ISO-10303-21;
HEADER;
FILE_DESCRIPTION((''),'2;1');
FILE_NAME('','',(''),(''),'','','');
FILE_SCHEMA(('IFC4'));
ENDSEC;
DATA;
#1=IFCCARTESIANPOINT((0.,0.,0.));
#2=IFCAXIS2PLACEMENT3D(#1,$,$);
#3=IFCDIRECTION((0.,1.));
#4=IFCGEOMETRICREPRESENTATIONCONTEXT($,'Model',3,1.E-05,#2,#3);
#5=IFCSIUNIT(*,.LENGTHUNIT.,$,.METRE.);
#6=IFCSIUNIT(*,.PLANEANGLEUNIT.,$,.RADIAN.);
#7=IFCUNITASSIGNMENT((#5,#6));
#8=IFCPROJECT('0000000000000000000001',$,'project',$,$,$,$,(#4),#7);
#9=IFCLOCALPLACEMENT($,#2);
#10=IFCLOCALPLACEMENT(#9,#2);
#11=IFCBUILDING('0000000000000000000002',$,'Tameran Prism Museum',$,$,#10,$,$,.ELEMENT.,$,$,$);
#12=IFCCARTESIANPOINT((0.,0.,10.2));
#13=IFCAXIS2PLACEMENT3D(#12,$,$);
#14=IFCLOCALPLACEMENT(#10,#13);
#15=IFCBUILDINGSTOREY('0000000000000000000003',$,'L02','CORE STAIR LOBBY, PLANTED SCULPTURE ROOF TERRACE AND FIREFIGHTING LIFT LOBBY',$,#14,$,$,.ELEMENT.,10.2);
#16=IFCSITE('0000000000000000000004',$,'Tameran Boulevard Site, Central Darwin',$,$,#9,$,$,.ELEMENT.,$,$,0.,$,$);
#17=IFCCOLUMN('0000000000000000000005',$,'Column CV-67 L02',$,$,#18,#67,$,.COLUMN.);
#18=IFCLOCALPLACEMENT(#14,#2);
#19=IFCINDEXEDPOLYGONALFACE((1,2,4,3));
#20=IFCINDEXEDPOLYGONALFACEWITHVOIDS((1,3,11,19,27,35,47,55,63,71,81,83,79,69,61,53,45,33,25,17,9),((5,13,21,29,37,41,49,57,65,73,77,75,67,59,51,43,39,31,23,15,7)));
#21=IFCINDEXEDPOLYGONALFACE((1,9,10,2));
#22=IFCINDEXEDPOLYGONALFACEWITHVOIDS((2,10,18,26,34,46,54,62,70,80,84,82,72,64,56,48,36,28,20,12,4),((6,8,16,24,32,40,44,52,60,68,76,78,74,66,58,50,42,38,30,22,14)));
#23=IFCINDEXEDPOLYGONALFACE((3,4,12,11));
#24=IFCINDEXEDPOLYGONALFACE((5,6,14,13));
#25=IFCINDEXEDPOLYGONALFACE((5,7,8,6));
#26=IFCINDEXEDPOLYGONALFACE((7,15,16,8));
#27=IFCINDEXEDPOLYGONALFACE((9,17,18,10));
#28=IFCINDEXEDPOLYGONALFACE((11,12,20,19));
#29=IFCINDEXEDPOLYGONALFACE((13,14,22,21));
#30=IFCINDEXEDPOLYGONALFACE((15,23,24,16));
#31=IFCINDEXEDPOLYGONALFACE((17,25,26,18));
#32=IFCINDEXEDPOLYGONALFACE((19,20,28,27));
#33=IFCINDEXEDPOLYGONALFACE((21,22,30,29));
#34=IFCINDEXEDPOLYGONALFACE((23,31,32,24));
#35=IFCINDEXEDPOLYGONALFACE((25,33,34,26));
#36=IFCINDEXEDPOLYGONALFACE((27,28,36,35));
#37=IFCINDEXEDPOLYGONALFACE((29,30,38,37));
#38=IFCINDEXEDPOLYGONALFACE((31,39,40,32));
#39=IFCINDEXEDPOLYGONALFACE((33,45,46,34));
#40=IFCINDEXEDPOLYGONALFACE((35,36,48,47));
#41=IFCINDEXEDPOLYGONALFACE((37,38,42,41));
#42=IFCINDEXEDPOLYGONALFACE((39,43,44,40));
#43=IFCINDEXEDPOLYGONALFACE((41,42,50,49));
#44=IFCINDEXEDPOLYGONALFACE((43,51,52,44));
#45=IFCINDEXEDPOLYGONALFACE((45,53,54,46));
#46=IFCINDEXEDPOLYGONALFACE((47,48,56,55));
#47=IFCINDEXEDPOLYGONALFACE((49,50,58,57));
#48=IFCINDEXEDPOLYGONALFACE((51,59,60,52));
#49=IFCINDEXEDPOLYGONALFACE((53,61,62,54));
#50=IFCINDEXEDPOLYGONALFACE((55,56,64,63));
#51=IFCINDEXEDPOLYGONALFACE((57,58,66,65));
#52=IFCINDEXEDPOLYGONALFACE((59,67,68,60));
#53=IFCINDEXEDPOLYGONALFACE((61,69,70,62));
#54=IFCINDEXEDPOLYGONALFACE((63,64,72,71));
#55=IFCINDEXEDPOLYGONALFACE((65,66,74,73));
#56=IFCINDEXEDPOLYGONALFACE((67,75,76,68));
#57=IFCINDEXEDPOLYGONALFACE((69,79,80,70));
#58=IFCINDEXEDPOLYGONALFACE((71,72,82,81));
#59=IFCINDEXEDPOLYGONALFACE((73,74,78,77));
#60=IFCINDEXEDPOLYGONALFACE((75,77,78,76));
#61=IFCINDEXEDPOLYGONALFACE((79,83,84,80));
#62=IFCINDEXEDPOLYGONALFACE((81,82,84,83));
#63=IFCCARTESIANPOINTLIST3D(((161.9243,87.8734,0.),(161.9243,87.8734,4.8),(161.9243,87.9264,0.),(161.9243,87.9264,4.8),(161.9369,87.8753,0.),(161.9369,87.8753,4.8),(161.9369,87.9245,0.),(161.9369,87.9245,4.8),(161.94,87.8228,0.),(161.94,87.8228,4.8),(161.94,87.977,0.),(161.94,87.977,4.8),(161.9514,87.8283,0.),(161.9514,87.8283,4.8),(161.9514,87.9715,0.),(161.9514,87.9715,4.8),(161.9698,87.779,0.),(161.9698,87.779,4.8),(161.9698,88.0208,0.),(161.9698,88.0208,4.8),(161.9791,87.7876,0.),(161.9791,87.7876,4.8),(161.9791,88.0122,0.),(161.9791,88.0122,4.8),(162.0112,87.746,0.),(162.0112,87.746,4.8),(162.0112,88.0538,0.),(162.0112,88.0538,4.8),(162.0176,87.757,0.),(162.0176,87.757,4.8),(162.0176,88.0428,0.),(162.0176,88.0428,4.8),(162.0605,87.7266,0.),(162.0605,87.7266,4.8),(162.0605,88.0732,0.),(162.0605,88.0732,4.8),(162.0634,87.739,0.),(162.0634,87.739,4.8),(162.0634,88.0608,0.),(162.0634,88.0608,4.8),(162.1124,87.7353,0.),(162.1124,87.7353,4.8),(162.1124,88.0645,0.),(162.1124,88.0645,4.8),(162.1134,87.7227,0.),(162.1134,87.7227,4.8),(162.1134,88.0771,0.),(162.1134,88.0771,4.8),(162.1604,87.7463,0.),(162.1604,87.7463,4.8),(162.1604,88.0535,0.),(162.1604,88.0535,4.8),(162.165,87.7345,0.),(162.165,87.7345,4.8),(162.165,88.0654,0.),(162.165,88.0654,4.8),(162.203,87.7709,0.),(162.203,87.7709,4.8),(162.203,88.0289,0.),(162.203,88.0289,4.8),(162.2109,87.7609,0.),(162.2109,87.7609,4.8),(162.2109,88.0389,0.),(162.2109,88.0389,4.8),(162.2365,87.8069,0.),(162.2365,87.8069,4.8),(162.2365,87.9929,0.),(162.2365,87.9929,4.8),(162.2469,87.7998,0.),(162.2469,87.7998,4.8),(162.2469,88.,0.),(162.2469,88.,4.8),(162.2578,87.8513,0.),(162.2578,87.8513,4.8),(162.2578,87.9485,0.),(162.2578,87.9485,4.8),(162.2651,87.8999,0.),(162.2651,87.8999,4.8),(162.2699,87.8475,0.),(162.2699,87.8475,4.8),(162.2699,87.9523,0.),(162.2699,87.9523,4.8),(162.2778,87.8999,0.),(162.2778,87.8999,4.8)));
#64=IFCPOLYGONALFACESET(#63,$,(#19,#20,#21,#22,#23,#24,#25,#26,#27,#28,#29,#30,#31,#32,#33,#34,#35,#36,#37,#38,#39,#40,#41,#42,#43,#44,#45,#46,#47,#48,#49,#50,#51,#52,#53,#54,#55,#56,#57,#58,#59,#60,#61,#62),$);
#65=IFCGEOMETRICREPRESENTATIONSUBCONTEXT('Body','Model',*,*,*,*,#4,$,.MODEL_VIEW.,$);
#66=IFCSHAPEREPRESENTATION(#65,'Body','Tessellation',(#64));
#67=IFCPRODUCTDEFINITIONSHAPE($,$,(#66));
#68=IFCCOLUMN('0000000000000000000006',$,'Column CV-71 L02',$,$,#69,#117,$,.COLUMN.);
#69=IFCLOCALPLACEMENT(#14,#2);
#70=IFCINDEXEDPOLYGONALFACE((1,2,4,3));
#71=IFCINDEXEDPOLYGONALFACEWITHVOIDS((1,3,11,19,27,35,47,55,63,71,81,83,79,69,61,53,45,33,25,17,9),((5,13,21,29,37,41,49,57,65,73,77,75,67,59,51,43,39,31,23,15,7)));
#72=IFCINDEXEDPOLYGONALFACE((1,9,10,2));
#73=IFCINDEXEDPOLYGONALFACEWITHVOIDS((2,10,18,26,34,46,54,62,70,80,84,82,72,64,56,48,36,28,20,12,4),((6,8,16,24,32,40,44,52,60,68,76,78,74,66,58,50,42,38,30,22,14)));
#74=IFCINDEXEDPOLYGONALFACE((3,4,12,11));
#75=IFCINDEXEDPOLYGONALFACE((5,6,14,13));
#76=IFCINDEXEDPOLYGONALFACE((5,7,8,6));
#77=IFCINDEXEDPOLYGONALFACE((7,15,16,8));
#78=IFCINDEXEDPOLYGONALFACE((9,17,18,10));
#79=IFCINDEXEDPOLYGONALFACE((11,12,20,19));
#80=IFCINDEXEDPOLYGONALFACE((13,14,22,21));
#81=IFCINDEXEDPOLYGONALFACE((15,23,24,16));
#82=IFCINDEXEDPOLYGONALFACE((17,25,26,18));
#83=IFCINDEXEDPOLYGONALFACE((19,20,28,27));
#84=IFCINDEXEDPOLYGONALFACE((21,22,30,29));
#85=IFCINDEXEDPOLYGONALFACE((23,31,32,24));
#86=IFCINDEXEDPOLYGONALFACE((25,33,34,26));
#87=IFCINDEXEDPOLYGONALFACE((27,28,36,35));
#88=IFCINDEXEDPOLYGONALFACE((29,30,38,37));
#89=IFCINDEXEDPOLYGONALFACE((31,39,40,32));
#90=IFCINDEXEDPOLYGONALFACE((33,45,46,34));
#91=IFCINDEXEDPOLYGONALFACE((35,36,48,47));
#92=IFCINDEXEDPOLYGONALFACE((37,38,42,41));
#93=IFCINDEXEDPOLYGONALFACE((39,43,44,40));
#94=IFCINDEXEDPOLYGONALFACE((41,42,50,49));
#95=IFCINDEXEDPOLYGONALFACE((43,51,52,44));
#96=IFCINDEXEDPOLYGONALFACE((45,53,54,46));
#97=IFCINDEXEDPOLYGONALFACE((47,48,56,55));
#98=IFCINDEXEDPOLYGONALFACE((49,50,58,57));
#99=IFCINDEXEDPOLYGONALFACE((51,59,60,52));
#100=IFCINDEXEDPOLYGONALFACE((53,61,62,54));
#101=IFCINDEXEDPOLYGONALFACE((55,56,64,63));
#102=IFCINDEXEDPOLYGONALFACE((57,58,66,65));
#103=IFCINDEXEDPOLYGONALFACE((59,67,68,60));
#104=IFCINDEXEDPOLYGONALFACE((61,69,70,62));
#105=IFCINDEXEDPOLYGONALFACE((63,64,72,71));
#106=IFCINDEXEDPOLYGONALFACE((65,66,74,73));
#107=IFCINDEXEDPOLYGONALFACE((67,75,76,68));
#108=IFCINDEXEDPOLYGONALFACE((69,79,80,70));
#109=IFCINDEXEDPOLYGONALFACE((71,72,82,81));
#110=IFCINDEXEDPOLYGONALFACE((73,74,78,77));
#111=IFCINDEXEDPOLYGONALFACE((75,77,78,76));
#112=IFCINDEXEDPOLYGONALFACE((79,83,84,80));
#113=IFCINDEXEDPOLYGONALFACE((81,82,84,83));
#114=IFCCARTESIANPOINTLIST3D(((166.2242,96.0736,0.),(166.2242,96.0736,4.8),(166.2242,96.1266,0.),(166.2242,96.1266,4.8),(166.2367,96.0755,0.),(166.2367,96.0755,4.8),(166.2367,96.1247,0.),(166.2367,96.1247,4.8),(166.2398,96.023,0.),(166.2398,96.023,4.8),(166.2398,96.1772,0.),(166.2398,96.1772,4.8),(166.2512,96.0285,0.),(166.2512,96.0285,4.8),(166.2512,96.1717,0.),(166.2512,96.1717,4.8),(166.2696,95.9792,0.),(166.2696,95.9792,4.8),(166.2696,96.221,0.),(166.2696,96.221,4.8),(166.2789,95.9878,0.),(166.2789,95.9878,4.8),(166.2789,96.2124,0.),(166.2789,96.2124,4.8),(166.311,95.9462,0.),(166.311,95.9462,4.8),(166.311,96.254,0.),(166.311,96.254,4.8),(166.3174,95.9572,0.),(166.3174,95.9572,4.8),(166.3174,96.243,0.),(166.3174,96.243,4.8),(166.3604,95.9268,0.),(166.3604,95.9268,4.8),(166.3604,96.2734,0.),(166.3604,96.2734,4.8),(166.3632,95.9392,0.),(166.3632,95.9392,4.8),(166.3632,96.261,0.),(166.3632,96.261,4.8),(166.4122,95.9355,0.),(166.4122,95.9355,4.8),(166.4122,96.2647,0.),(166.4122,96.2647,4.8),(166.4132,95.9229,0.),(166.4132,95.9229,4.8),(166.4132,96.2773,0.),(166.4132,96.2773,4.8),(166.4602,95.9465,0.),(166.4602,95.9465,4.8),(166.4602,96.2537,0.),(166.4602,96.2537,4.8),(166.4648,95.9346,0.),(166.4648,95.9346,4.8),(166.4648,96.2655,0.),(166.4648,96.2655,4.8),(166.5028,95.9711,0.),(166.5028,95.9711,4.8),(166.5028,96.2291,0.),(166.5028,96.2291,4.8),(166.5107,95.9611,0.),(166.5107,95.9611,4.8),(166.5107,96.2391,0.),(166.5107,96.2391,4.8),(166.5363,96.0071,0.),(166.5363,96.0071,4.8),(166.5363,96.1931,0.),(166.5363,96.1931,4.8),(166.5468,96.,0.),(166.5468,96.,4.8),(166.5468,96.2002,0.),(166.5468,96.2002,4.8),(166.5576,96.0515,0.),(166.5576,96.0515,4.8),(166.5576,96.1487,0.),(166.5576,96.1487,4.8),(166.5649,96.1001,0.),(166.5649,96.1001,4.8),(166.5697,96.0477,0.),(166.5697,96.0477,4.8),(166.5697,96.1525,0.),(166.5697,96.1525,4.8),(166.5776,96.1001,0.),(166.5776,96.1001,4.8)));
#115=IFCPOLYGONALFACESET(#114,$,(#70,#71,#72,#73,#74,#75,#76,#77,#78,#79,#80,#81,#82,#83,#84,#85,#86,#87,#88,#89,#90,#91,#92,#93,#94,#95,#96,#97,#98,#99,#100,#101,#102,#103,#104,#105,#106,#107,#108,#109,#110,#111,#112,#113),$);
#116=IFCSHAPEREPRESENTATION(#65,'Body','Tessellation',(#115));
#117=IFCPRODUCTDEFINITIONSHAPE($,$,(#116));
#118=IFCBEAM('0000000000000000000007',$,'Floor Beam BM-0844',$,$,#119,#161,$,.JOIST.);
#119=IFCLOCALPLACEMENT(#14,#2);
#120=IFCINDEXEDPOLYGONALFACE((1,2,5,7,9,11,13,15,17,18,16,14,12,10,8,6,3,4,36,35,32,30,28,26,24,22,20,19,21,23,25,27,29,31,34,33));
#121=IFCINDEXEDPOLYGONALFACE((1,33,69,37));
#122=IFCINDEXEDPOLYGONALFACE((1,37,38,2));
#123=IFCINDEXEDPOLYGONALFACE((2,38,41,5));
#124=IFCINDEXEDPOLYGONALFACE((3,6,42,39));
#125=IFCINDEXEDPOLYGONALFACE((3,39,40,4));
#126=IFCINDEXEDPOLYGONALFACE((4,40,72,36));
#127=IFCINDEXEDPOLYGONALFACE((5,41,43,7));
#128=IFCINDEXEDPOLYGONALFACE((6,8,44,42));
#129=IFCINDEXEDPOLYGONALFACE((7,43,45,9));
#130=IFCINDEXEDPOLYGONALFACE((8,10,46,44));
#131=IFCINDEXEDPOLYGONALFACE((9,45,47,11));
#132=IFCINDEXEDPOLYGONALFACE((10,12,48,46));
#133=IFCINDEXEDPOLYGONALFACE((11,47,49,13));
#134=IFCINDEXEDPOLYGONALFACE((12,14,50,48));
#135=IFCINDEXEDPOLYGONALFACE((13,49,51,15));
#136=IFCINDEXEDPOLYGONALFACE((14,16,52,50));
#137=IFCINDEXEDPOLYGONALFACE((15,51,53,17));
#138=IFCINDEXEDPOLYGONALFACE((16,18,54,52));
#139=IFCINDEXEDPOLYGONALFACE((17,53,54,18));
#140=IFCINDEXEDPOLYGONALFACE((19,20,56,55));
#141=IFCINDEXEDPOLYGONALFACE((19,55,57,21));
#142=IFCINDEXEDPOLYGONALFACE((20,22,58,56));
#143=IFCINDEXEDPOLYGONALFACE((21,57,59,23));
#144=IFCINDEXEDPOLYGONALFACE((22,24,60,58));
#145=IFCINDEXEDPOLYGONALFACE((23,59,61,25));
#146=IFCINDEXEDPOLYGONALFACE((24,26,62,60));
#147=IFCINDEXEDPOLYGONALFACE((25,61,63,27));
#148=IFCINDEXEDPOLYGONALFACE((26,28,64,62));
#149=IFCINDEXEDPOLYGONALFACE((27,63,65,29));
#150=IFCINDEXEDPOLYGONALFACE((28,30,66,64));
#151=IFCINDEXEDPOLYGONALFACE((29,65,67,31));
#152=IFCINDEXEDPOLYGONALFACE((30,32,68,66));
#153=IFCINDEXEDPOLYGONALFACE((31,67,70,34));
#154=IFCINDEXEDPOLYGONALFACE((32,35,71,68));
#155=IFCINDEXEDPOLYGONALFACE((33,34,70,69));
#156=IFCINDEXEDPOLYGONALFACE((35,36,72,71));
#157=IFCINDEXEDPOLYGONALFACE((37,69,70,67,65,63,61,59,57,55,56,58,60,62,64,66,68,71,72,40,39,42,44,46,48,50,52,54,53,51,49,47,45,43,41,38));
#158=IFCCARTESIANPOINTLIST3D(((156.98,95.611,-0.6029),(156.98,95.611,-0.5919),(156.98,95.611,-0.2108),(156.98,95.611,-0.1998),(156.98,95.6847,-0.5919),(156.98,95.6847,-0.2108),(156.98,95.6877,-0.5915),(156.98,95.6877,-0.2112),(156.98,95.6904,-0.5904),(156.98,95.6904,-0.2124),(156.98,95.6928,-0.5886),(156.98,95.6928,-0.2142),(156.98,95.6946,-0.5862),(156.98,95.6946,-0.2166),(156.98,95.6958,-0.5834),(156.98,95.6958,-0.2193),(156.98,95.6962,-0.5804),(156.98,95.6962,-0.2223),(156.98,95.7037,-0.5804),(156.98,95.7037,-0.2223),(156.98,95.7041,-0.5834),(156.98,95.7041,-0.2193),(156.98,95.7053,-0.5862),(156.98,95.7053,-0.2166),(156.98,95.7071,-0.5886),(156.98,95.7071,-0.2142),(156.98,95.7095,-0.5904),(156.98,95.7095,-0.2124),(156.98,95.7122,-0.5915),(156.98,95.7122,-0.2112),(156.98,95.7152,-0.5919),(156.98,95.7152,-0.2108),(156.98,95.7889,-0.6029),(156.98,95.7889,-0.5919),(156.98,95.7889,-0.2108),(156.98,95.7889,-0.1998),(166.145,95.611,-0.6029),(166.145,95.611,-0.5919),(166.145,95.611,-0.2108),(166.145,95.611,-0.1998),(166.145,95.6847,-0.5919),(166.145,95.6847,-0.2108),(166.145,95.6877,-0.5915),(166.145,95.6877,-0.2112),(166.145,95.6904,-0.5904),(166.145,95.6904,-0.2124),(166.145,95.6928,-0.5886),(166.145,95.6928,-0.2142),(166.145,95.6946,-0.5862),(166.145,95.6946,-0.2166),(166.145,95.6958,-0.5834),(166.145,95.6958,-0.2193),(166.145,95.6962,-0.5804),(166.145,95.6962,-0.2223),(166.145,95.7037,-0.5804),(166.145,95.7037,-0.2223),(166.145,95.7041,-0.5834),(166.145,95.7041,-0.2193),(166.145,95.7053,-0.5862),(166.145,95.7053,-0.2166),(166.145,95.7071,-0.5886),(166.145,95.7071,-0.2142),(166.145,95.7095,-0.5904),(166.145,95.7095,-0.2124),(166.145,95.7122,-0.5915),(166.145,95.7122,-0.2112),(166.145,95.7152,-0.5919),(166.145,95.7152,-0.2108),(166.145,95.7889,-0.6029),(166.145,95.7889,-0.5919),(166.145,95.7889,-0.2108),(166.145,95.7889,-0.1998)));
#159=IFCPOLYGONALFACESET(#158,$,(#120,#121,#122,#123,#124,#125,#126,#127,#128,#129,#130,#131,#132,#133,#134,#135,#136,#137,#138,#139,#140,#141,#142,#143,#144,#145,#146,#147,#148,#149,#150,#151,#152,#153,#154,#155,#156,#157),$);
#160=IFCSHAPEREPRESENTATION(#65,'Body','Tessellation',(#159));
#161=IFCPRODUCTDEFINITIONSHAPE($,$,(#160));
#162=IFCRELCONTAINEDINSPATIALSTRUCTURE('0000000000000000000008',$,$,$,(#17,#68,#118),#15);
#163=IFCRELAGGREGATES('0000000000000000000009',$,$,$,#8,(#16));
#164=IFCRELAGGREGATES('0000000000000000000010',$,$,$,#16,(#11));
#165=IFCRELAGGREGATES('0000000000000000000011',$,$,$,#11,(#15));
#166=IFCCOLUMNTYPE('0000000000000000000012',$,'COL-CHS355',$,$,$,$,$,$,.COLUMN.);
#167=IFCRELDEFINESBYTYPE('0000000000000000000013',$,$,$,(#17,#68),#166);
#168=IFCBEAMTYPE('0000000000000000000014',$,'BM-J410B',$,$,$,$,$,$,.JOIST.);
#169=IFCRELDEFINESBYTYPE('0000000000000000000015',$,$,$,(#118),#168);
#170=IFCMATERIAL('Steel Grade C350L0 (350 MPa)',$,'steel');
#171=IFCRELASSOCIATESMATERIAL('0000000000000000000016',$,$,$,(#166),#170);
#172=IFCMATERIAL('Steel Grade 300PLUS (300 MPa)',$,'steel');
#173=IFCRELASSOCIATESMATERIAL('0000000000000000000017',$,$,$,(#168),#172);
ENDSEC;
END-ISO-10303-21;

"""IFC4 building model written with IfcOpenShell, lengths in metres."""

from ifc_helpers import new_model, si_unit, direction, frame, origin, origin_2d, place, context, subcontext, project, spatial, hollow_circle, i_section, extrude, material, material_profile, profile_set, type_object, element, save


model = new_model("IFC4")

# Units and contexts
model_context = context("Model", 3, precision=1e-05, world=origin(), true_north=direction((0.0, 1.0)))
body_context = subcontext(model_context, "Body", "Model", "MODEL_VIEW")
ifc_project = project(units=[si_unit("LENGTHUNIT", "METRE"), si_unit("PLANEANGLEUNIT", "RADIAN")], contexts=[model_context])

# Site, building, storey
site_placement = place(None, origin())
site = spatial("IfcSite", under=ifc_project, at=site_placement, Name="Tameran Boulevard Site, Central Darwin", CompositionType="ELEMENT", RefElevation=0.0)
building_placement = place(site_placement, origin())
building = spatial("IfcBuilding", under=site, at=building_placement, Name="Tameran Prism Museum", CompositionType="ELEMENT")
storey_placement = place(building_placement, frame((0.0, 0.0, 10.2)))
storey = spatial("IfcBuildingStorey", under=building, at=storey_placement, Name="L02", Description="CORE STAIR LOBBY, PLANTED SCULPTURE ROOF TERRACE AND FIREFIGHTING LIFT LOBBY", CompositionType="ELEMENT", Elevation=10.2)

# Columns
ifc_material_1 = material(Name="Steel Grade C350L0 (350 MPa)", Category="steel")
ifc_material_profile_1 = material_profile(ifc_material_1, hollow_circle(Radius=0.1777, WallThickness=0.0127, at=origin_2d()))
ifc_profile_set_1 = profile_set([ifc_material_profile_1])
column_type = type_object("IfcColumnType", Name="COL-CHS355", PredefinedType="COLUMN", material=ifc_profile_set_1)
for number, where, z_axis, x_axis, name in (
    (1, (162.1001, 87.8999, 0.0), (0.0, 0.0, 1.0), (1.0, 0.0, 0.0), "Column CV-67 L02"),
    (2, (166.3999, 96.1001, 0.0), (0.0, 0.0, 1.0), (1.0, 0.0, 0.0), "Column CV-71 L02"),
):
    element("IfcColumn", number, at=place(storey_placement, frame(where, z_axis=z_axis, x_axis=x_axis)), inside=storey, type_object=column_type, Name=name, PredefinedType="COLUMN", context=body_context, shape_type="SweptSolid", body=[
        extrude(hollow_circle(Radius=0.1777, WallThickness=0.0127, at=origin_2d()), origin(), (0.0, 0.0, 1.0), 4.8),
    ])

# Beam
ifc_material_2 = material(Name="Steel Grade 300PLUS (300 MPa)", Category="steel")
ifc_material_profile_2 = material_profile(ifc_material_2, i_section(OverallWidth=0.178, OverallDepth=0.4031, WebThickness=0.0076, FlangeThickness=0.011, FilletRadius=0.0115, at=origin_2d()))
ifc_profile_set_2 = profile_set([ifc_material_profile_2])
beam_type_1 = type_object("IfcBeamType", Name="BM-J410B", PredefinedType="JOIST", material=ifc_profile_set_2)
beam_1_placement = place(storey_placement, frame((156.98, 95.7, -0.4014), z_axis=(1.0, 0.0, 0.0), x_axis=(0.0, 1.0, 0.0)))
element("IfcBeam", 3, at=beam_1_placement, inside=storey, type_object=beam_type_1, Name="Floor Beam BM-0844", PredefinedType="JOIST", context=body_context, shape_type="SweptSolid", body=[
    extrude(i_section(OverallWidth=0.178, OverallDepth=0.4031, WebThickness=0.0076, FlangeThickness=0.011, FilletRadius=0.0115, at=origin_2d()), origin(), (0.0, 0.0, 1.0), 9.165),
])

save(model, "model.ifc")
